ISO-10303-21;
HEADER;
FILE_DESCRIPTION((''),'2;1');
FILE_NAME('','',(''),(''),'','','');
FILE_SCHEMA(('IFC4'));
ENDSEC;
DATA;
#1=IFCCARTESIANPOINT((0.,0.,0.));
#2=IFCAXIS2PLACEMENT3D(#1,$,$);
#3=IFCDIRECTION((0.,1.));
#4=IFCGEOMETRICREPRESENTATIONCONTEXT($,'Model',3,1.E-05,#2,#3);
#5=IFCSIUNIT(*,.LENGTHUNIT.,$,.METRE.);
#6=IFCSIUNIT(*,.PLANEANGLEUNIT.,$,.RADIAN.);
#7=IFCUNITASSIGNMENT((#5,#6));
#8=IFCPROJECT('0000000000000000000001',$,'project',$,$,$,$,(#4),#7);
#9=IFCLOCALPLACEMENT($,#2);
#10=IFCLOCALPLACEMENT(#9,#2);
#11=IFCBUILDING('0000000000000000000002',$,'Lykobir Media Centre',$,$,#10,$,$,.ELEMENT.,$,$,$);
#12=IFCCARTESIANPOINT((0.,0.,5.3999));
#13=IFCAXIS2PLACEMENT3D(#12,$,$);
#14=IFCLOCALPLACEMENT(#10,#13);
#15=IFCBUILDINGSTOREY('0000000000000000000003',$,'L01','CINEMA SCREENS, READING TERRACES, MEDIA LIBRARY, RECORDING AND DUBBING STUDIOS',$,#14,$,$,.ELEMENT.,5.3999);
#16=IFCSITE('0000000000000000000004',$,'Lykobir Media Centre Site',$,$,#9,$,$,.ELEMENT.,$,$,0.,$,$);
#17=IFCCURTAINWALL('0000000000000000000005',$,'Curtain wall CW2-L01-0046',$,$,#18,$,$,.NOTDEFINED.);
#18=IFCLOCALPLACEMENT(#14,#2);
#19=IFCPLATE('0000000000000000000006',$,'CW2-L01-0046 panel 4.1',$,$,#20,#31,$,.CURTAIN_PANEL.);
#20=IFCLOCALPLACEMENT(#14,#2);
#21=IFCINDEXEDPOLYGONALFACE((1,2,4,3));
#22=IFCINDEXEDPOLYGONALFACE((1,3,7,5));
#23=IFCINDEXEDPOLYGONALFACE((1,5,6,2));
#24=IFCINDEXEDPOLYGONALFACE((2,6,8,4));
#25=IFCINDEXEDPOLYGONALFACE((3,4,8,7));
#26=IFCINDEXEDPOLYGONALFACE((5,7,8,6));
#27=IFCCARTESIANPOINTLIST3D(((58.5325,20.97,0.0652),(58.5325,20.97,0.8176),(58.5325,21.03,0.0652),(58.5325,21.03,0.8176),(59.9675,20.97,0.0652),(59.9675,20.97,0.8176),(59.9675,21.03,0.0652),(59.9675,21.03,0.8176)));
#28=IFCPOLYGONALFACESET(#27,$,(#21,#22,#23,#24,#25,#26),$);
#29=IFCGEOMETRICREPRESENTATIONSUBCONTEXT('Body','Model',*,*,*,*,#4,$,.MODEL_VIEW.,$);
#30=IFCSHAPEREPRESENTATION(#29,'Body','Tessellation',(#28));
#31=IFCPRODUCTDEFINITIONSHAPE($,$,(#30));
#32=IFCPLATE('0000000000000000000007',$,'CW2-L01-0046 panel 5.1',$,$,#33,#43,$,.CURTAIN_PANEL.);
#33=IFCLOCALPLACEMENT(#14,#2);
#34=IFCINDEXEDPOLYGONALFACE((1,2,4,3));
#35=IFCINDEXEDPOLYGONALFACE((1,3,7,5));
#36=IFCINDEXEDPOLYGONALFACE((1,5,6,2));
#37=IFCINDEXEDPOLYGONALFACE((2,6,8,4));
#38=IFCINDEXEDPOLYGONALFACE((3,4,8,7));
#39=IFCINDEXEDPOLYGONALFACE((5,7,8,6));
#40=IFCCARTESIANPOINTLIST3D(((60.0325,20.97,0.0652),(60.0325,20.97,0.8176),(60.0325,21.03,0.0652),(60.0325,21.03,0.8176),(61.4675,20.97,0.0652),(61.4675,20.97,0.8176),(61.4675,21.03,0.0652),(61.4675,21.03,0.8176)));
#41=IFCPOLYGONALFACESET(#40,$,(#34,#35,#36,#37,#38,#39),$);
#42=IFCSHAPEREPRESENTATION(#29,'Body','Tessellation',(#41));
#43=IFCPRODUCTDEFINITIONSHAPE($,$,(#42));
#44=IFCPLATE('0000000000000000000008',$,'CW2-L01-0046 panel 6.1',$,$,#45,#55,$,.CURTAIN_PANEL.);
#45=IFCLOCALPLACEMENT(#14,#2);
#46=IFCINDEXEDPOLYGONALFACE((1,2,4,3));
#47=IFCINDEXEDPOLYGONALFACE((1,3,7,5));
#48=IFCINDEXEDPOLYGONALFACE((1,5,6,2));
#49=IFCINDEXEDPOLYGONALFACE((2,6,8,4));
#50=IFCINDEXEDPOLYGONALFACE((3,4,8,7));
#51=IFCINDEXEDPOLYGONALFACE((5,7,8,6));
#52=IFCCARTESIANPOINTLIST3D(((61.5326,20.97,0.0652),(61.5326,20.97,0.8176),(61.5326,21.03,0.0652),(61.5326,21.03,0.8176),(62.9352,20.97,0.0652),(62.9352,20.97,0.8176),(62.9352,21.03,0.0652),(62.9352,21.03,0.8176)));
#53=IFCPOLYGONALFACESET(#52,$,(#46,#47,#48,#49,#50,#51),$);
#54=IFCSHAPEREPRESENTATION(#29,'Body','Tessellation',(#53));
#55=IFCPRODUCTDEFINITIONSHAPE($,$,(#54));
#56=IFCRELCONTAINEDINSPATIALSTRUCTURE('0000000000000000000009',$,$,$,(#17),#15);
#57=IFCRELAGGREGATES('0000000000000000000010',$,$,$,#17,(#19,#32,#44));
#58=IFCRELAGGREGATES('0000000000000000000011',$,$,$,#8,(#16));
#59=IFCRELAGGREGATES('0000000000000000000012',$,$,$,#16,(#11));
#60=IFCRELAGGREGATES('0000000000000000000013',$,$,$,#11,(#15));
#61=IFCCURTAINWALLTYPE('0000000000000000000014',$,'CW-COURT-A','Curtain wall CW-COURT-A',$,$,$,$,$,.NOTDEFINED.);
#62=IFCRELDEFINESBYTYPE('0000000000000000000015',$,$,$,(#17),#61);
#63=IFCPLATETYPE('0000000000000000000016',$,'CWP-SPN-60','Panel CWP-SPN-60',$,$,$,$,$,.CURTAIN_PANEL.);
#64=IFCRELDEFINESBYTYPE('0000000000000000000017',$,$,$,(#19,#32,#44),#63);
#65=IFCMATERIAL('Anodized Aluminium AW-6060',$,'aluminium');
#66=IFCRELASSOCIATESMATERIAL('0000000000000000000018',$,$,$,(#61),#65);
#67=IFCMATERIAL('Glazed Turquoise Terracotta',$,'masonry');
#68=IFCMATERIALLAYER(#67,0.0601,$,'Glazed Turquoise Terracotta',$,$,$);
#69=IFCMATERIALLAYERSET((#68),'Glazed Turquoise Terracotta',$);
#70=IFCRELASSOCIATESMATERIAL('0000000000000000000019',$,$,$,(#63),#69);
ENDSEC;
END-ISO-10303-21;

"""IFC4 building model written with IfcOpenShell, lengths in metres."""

from ifc_helpers import new_model, si_unit, direction, frame, origin, origin_2d, place, context, subcontext, project, spatial, rectangle, extrude, material, layer, layer_set, type_object, element, aggregate, save


model = new_model("IFC4")

# Units and contexts
model_context = context("Model", 3, precision=1e-05, world=origin(), true_north=direction((0.0, 1.0)))
body_context = subcontext(model_context, "Body", "Model", "MODEL_VIEW")
ifc_project = project(units=[si_unit("LENGTHUNIT", "METRE"), si_unit("PLANEANGLEUNIT", "RADIAN")], contexts=[model_context])

# Site, building, storey
site_placement = place(None, origin())
site = spatial("IfcSite", under=ifc_project, at=site_placement, Name="Lykobir Media Centre Site", CompositionType="ELEMENT", RefElevation=0.0)
building_placement = place(site_placement, origin())
building = spatial("IfcBuilding", under=site, at=building_placement, Name="Lykobir Media Centre", CompositionType="ELEMENT")
storey_placement = place(building_placement, frame((0.0, 0.0, 5.3999)))
storey = spatial("IfcBuildingStorey", under=building, at=storey_placement, Name="L01", Description="CINEMA SCREENS, READING TERRACES, MEDIA LIBRARY, RECORDING AND DUBBING STUDIOS", CompositionType="ELEMENT", Elevation=5.3999)

# Shared definitions
ifc_material_1 = material(Name="Anodized Aluminium AW-6060", Category="aluminium")
curtain_wall_type = type_object("IfcCurtainWallType", Name="CW-COURT-A", Description="Curtain wall CW-COURT-A", PredefinedType="NOTDEFINED", material=ifc_material_1)

# Curtain wall
curtain_wall_1_placement = place(storey_placement, origin())
curtain_wall_1 = element("IfcCurtainWall", 1, at=curtain_wall_1_placement, inside=storey, type_object=curtain_wall_type, Name="Curtain wall CW2-L01-0046", PredefinedType="NOTDEFINED")

# Plates
ifc_material_2 = material(Name="Glazed Turquoise Terracotta", Category="masonry")
ifc_layer_1 = layer(ifc_material_2, 0.0601, Name="Glazed Turquoise Terracotta")
ifc_layer_set_1 = layer_set([ifc_layer_1], Name="Glazed Turquoise Terracotta")
plate_type_1 = type_object("IfcPlateType", Name="CWP-SPN-60", Description="Panel CWP-SPN-60", PredefinedType="CURTAIN_PANEL", material=ifc_layer_set_1)
plate_1_placement = place(storey_placement, frame((59.25, 21.0, 0.0652), z_axis=(0.0, 0.0, 1.0), x_axis=(1.0, 0.0, 0.0)))
plate_1 = element("IfcPlate", 2, at=plate_1_placement, type_object=plate_type_1, Name="CW2-L01-0046 panel 4.1", PredefinedType="CURTAIN_PANEL", context=body_context, shape_type="SweptSolid", body=[
    extrude(rectangle(XDim=1.4351, YDim=0.0601, at=origin_2d()), origin(), (0.0, 0.0, 1.0), 0.7524),
])
plate_2_placement = place(storey_placement, frame((60.75, 21.0, 0.0652), z_axis=(0.0, 0.0, 1.0), x_axis=(1.0, 0.0, 0.0)))
plate_2 = element("IfcPlate", 3, at=plate_2_placement, type_object=plate_type_1, Name="CW2-L01-0046 panel 5.1", PredefinedType="CURTAIN_PANEL", context=body_context, shape_type="SweptSolid", body=[
    extrude(rectangle(XDim=1.4351, YDim=0.0601, at=origin_2d()), origin(), (0.0, 0.0, 1.0), 0.7524),
])
plate_3_placement = place(storey_placement, frame((62.2339, 21.0, 0.0652), z_axis=(0.0, 0.0, 1.0), x_axis=(1.0, 0.0, 0.0)))
plate_3 = element("IfcPlate", 4, at=plate_3_placement, type_object=plate_type_1, Name="CW2-L01-0046 panel 6.1", PredefinedType="CURTAIN_PANEL", context=body_context, shape_type="SweptSolid", body=[
    extrude(rectangle(XDim=1.4026, YDim=0.0601, at=origin_2d()), origin(), (0.0, 0.0, 1.0), 0.7524),
])
aggregate(curtain_wall_1, [plate_1, plate_2, plate_3])

save(model, "model.ifc")
